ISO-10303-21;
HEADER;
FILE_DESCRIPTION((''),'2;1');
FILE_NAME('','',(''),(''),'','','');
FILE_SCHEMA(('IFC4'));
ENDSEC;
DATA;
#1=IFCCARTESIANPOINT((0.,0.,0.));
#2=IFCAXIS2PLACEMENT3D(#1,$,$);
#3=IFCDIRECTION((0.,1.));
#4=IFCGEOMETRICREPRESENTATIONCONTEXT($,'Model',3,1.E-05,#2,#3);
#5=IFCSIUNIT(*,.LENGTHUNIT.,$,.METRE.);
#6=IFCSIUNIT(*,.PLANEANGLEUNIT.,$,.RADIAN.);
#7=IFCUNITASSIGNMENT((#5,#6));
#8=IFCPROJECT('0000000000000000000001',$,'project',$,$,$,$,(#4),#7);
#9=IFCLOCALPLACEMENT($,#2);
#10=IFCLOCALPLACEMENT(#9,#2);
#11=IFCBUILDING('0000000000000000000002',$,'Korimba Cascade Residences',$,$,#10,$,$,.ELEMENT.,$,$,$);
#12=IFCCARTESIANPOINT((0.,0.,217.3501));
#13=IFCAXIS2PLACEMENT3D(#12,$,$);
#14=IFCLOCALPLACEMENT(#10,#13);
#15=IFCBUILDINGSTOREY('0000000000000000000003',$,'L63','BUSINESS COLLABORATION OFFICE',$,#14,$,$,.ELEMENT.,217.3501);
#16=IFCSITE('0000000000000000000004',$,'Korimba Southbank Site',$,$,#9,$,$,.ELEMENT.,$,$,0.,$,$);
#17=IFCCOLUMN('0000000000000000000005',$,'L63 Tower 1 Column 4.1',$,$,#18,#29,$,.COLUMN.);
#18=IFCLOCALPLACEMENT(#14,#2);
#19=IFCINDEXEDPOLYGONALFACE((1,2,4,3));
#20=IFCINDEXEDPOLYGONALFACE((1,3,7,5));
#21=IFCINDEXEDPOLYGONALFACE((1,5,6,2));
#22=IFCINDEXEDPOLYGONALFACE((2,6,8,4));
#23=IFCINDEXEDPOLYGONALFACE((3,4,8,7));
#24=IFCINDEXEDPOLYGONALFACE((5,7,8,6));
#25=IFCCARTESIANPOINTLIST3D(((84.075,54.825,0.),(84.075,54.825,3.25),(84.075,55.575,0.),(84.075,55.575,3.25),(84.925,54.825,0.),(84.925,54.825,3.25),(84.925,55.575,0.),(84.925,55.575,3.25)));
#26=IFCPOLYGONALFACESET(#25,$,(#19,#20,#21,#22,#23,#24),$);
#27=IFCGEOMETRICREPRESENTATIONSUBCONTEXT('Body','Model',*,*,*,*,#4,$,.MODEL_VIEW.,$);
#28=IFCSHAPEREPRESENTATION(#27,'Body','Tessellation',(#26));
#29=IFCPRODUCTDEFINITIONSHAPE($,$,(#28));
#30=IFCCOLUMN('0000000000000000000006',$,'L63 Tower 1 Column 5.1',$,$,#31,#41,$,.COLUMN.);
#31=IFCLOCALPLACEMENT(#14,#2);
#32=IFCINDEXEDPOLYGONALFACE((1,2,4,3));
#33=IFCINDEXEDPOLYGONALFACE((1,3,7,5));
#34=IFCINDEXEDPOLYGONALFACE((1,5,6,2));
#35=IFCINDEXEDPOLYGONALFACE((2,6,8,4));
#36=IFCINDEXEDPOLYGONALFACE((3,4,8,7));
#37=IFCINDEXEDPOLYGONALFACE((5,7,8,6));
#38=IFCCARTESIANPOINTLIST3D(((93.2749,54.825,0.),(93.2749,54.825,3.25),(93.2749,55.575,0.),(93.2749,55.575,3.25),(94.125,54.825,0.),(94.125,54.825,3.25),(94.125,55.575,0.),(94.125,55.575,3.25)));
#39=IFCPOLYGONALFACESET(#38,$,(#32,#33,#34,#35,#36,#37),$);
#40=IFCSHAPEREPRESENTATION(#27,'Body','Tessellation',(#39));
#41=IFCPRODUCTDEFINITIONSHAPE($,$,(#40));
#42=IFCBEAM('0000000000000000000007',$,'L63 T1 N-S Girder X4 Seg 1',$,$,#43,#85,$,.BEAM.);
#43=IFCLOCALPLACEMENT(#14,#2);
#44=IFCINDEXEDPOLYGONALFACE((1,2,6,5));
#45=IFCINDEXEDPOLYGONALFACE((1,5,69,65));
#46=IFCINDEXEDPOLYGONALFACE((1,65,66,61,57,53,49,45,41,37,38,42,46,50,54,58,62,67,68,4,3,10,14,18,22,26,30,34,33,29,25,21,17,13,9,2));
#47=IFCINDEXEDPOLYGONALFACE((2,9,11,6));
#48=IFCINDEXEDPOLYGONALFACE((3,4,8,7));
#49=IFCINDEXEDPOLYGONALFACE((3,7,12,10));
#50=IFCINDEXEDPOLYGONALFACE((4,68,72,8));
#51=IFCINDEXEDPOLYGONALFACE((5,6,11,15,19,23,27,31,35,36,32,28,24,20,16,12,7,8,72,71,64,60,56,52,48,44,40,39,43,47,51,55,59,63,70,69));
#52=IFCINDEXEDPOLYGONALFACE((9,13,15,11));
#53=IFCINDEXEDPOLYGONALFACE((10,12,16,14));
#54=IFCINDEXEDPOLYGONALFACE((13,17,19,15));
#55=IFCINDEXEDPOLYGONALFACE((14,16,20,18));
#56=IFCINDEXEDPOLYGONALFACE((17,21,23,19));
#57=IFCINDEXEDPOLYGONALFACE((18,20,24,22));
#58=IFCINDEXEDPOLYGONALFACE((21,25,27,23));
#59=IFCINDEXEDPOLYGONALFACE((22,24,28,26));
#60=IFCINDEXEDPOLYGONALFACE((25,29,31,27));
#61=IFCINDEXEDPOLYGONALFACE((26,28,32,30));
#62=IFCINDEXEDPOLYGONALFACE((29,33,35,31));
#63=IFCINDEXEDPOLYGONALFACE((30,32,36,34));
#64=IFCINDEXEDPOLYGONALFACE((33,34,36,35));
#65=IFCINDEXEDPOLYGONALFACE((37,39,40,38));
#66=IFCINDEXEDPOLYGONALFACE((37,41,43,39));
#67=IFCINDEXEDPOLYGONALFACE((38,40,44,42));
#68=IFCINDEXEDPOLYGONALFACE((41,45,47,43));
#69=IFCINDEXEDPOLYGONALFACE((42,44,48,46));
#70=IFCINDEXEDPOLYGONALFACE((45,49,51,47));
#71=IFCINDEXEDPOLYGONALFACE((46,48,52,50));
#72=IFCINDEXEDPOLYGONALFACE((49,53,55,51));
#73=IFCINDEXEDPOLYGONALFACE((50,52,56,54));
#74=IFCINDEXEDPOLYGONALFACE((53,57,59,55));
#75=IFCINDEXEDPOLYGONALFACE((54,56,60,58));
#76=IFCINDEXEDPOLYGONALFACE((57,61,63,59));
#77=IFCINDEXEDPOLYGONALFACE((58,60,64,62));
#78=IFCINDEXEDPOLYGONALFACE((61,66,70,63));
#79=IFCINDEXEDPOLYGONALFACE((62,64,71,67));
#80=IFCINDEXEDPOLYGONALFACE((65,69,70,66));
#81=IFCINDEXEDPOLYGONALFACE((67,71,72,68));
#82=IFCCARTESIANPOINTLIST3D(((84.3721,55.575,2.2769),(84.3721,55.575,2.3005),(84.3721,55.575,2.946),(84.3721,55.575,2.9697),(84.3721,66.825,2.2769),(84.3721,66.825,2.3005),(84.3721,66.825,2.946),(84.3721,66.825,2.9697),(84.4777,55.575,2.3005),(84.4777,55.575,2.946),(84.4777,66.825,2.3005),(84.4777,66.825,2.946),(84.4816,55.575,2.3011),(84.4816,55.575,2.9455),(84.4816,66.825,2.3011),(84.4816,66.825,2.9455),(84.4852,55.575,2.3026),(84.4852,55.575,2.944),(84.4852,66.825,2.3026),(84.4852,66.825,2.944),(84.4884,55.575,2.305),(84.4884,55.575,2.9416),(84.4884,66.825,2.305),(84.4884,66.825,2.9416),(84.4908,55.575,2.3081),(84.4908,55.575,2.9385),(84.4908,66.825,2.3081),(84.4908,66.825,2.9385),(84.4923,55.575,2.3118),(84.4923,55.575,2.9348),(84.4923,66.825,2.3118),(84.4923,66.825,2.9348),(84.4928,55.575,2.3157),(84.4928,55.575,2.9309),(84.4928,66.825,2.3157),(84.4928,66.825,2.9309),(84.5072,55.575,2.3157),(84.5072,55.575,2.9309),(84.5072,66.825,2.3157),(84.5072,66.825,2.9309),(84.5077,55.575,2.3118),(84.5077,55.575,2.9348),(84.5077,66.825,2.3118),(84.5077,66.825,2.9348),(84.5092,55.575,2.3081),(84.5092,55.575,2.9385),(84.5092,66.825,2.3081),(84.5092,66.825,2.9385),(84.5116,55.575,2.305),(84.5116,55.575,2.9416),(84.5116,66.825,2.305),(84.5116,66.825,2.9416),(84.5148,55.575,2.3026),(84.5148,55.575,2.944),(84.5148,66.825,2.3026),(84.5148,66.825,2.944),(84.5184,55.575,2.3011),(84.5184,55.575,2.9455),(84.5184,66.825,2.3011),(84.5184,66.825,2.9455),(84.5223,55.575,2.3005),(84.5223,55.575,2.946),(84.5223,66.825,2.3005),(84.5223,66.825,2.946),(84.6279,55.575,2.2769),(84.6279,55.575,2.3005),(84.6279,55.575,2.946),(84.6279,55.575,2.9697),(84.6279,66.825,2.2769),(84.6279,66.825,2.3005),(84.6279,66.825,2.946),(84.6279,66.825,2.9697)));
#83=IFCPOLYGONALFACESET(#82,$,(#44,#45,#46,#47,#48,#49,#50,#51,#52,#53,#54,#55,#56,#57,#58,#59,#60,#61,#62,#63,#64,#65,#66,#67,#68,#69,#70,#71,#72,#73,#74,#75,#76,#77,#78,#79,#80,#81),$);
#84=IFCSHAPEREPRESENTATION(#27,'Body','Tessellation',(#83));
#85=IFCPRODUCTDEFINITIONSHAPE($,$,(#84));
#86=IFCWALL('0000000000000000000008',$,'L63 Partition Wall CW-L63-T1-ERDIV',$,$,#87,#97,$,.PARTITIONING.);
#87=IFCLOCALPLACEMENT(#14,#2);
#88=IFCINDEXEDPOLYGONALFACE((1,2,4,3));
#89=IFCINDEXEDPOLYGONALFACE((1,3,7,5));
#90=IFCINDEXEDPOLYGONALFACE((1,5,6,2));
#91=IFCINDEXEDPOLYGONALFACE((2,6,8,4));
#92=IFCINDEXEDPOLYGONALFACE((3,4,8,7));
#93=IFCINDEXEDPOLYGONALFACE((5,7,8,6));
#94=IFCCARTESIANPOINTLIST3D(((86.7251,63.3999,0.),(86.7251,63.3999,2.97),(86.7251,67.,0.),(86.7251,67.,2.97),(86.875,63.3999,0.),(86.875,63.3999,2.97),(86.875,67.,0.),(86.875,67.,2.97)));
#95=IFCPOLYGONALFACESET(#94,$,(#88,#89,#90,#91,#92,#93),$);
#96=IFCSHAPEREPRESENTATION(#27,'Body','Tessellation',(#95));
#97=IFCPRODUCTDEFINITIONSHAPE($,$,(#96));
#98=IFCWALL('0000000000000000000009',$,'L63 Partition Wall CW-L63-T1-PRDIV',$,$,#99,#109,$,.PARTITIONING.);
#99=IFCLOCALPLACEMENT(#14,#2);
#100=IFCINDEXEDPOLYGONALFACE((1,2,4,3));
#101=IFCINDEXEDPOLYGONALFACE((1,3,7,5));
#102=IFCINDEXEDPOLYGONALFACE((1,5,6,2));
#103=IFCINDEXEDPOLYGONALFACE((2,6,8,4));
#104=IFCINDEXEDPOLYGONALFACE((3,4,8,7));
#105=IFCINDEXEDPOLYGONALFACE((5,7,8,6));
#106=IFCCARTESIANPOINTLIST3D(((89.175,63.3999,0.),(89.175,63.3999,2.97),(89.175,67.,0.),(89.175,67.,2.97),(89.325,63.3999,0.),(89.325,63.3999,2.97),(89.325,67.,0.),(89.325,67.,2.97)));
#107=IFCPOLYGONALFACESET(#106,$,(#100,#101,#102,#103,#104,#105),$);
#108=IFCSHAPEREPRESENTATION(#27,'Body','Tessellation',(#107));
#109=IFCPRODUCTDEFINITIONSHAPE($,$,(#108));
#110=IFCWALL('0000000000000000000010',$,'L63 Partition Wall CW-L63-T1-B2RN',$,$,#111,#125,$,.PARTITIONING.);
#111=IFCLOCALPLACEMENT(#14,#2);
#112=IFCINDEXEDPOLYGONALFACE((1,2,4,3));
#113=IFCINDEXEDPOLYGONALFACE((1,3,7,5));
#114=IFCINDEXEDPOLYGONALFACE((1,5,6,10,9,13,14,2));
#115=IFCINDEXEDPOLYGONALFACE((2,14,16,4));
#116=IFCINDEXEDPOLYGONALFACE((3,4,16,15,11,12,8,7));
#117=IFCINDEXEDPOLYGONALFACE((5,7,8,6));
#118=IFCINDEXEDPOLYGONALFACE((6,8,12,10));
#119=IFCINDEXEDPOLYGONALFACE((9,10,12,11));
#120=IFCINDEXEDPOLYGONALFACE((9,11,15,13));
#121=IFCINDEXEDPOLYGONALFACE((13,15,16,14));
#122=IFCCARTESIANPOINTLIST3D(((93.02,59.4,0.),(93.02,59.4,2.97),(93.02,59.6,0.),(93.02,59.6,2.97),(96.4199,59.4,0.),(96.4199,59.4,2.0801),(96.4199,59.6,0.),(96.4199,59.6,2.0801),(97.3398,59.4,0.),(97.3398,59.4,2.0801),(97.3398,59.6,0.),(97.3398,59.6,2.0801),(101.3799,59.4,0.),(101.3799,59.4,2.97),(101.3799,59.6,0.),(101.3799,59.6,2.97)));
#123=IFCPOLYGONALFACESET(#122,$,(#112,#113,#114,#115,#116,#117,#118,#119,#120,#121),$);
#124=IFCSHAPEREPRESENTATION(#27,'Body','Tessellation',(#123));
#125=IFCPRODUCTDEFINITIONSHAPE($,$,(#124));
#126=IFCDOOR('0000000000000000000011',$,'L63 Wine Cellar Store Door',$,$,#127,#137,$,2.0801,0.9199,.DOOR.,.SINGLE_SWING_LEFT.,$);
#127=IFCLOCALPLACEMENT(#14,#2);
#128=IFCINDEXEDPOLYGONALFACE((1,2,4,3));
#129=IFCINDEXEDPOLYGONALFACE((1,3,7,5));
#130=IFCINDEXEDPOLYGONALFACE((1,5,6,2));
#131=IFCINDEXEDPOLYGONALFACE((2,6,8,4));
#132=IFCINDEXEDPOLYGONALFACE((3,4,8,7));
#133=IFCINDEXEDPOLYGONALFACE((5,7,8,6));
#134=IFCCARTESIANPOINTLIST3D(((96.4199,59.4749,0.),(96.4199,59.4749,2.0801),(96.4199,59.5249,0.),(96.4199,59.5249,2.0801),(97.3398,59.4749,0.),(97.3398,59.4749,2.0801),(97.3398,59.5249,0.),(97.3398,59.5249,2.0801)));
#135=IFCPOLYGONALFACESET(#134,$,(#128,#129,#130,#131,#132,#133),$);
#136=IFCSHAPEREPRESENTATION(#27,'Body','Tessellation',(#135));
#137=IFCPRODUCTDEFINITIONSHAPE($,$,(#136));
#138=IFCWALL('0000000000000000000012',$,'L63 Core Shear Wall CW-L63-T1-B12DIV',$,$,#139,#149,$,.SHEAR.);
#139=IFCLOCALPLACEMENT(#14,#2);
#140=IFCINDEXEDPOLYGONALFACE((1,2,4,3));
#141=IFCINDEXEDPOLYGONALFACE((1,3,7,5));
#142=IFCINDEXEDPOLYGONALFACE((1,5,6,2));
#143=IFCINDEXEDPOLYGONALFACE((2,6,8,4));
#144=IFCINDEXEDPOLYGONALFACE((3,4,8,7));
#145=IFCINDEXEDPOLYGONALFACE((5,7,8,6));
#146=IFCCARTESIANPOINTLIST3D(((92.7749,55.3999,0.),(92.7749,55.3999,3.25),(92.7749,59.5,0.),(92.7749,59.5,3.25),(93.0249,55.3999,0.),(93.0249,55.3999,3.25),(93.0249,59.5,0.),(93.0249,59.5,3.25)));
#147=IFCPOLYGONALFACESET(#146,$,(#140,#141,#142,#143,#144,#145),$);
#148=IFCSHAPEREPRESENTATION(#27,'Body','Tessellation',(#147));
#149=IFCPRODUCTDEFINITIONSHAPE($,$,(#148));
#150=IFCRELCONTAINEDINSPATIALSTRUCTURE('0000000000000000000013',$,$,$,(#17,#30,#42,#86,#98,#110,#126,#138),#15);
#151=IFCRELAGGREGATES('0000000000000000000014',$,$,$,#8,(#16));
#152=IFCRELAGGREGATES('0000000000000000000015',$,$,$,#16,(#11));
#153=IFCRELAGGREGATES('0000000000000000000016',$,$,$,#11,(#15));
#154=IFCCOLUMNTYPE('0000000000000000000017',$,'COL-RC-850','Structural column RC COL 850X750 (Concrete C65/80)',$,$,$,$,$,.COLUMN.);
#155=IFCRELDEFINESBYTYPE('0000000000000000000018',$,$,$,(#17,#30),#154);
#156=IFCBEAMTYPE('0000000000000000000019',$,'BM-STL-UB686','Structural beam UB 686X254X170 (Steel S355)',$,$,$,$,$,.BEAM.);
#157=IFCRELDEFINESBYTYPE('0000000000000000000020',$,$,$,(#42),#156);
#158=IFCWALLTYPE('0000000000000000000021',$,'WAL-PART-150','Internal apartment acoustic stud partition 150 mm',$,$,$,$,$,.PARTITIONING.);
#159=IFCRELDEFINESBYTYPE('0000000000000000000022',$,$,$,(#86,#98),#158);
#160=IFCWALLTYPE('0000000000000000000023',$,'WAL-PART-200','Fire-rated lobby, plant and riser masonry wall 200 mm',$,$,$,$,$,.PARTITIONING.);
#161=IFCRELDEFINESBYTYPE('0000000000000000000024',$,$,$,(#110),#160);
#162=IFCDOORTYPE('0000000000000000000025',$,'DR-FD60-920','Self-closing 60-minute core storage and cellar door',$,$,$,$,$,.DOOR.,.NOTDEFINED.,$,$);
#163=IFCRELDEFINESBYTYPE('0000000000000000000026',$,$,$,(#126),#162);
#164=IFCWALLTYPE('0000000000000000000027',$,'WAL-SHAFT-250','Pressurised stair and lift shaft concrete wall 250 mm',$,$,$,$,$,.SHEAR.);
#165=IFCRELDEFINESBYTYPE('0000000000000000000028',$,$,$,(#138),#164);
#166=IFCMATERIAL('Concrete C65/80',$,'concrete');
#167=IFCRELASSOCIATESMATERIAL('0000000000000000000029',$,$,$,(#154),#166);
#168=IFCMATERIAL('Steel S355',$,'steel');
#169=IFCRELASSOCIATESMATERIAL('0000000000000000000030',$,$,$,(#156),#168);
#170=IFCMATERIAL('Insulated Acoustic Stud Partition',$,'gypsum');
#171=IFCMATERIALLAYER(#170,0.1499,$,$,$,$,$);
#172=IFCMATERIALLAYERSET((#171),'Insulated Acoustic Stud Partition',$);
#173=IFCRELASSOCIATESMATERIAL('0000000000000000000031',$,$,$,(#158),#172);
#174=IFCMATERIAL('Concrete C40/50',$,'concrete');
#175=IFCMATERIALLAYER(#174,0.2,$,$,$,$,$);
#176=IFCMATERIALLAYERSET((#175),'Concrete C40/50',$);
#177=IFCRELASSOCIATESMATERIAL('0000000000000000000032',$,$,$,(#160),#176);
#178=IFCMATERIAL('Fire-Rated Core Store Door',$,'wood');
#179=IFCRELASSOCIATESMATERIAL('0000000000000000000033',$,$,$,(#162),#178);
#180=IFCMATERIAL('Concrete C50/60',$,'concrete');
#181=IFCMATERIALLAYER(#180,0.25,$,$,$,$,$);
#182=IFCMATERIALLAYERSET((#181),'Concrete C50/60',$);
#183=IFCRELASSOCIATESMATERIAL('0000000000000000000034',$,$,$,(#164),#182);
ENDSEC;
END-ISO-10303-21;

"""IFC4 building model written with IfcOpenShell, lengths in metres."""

from ifc_helpers import new_model, si_unit, direction, frame, frame_2d, origin, origin_2d, place, context, subcontext, project, spatial, rectangle, i_section, extrude, material, layer, layer_set, material_profile, profile_set, type_object, element, fill, save


model = new_model("IFC4")

# Units and contexts
model_context = context("Model", 3, precision=1e-05, world=origin(), true_north=direction((0.0, 1.0)))
body_context = subcontext(model_context, "Body", "Model", "MODEL_VIEW")
ifc_project = project(units=[si_unit("LENGTHUNIT", "METRE"), si_unit("PLANEANGLEUNIT", "RADIAN")], contexts=[model_context])

# Site, building, storey
site_placement = place(None, origin())
site = spatial("IfcSite", under=ifc_project, at=site_placement, Name="Korimba Southbank Site", CompositionType="ELEMENT", RefElevation=0.0)
building_placement = place(site_placement, origin())
building = spatial("IfcBuilding", under=site, at=building_placement, Name="Korimba Cascade Residences", CompositionType="ELEMENT")
storey_placement = place(building_placement, frame((0.0, 0.0, 217.3501)))
storey = spatial("IfcBuildingStorey", under=building, at=storey_placement, Name="L63", Description="BUSINESS COLLABORATION OFFICE", CompositionType="ELEMENT", Elevation=217.3501)

# Columns
ifc_material_1 = material(Name="Concrete C65/80", Category="concrete")
ifc_material_profile_1 = material_profile(ifc_material_1, rectangle(XDim=0.8501, YDim=0.75, at=origin_2d()), Name="Concrete C65/80")
ifc_profile_set_1 = profile_set([ifc_material_profile_1], Name="Concrete C65/80")
column_type = type_object("IfcColumnType", Name="COL-RC-850", Description="Structural column RC COL 850X750 (Concrete C65/80)", PredefinedType="COLUMN", material=ifc_profile_set_1)
for number, where, z_axis, x_axis, name in (
    (1, (84.5, 55.2, 0.0), (0.0, 0.0, 1.0), (1.0, 0.0, 0.0), "L63 Tower 1 Column 4.1"),
    (2, (93.7, 55.2, 0.0), (0.0, 0.0, 1.0), (1.0, 0.0, 0.0), "L63 Tower 1 Column 5.1"),
):
    element("IfcColumn", number, at=place(storey_placement, frame(where, z_axis=z_axis, x_axis=x_axis)), inside=storey, type_object=column_type, Name=name, PredefinedType="COLUMN", context=body_context, shape_type="SweptSolid", body=[
        extrude(rectangle(XDim=0.8501, YDim=0.75, at=origin_2d()), origin(), (0.0, 0.0, 1.0), 3.25),
    ])

# Beam
ifc_material_2 = material(Name="Steel S355", Category="steel")
ifc_material_profile_2 = material_profile(ifc_material_2, i_section(OverallWidth=0.2559, OverallDepth=0.6929, WebThickness=0.0144, FlangeThickness=0.0237, FilletRadius=0.0151, at=origin_2d()), Name="Steel S355")
ifc_profile_set_2 = profile_set([ifc_material_profile_2], Name="Steel S355")
beam_type = type_object("IfcBeamType", Name="BM-STL-UB686", Description="Structural beam UB 686X254X170 (Steel S355)", PredefinedType="BEAM", material=ifc_profile_set_2)
beam_placement = place(storey_placement, frame((84.5, 55.575, 2.6233), z_axis=(0.0, 1.0, 0.0), x_axis=(-1.0, 0.0, 0.0)))
element("IfcBeam", 3, at=beam_placement, inside=storey, type_object=beam_type, Name="L63 T1 N-S Girder X4 Seg 1", PredefinedType="BEAM", context=body_context, shape_type="SweptSolid", body=[
    extrude(i_section(OverallWidth=0.2559, OverallDepth=0.6929, WebThickness=0.0144, FlangeThickness=0.0237, FilletRadius=0.0151, at=origin_2d()), origin(), (0.0, 0.0, 1.0), 11.25),
])

# Walls
ifc_material_3 = material(Name="Insulated Acoustic Stud Partition", Category="gypsum")
ifc_layer_1 = layer(ifc_material_3, 0.1499)
ifc_layer_set_1 = layer_set([ifc_layer_1], Name="Insulated Acoustic Stud Partition")
wall_type_1 = type_object("IfcWallType", Name="WAL-PART-150", Description="Internal apartment acoustic stud partition 150 mm", PredefinedType="PARTITIONING", material=ifc_layer_set_1)
for number, where, z_axis, x_axis, name in (
    (4, (86.8, 63.3999, 0.0), (0.0, 0.0, 1.0), (0.0, 1.0, 0.0), "L63 Partition Wall CW-L63-T1-ERDIV"),
    (5, (89.25, 63.3999, 0.0), (0.0, 0.0, 1.0), (0.0, 1.0, 0.0), "L63 Partition Wall CW-L63-T1-PRDIV"),
):
    element("IfcWall", number, at=place(storey_placement, frame(where, z_axis=z_axis, x_axis=x_axis)), inside=storey, type_object=wall_type_1, Name=name, PredefinedType="PARTITIONING", context=body_context, shape_type="SweptSolid", body=[
        extrude(rectangle(XDim=3.6001, YDim=0.1499, at=frame_2d((1.8, 0.0))), origin(), (0.0, 0.0, 1.0), 2.97),
    ])

# Wall, opening, door
ifc_material_4 = material(Name="Concrete C40/50", Category="concrete")
ifc_layer_2 = layer(ifc_material_4, 0.2)
ifc_layer_set_2 = layer_set([ifc_layer_2], Name="Concrete C40/50")
wall_type_2 = type_object("IfcWallType", Name="WAL-PART-200", Description="Fire-rated lobby, plant and riser masonry wall 200 mm", PredefinedType="PARTITIONING", material=ifc_layer_set_2)
wall_1_placement = place(storey_placement, frame((93.02, 59.5, 0.0), z_axis=(0.0, 0.0, 1.0), x_axis=(1.0, 0.0, 0.0)))
wall_1 = element("IfcWall", 6, at=wall_1_placement, inside=storey, type_object=wall_type_2, Name="L63 Partition Wall CW-L63-T1-B2RN", PredefinedType="PARTITIONING", context=body_context, shape_type="SweptSolid", body=[
    extrude(rectangle(XDim=8.3599, YDim=0.2, at=frame_2d((4.1799, 0.0))), origin(), (0.0, 0.0, 1.0), 2.97),
])
opening_placement = place(wall_1_placement, frame((3.3999, 0.0, 0.0)))
opening = element("IfcOpeningElement", 7, at=opening_placement, cuts=wall_1, PredefinedType="OPENING", context=body_context, shape_type="SweptSolid", body=[
    extrude(rectangle(XDim=0.9199, YDim=2.0801, at=frame_2d((0.46, 1.04))), frame((0.0, 0.1099, 0.0), z_axis=(0.0, -1.0, 0.0), x_axis=(1.0, 0.0, 0.0)), (0.0, 0.0, 1.0), 0.22),
])
ifc_material_5 = material(Name="Fire-Rated Core Store Door", Category="wood")
door_type = type_object("IfcDoorType", Name="DR-FD60-920", Description="Self-closing 60-minute core storage and cellar door", OperationType="NOTDEFINED", PredefinedType="DOOR", material=ifc_material_5)
door_placement = place(opening_placement, origin())
door = element("IfcDoor", 8, at=door_placement, inside=storey, type_object=door_type, Name="L63 Wine Cellar Store Door", OperationType="SINGLE_SWING_LEFT", OverallHeight=2.0801, OverallWidth=0.9199, PredefinedType="DOOR", context=body_context, shape_type="SweptSolid", body=[
    extrude(rectangle(XDim=0.9199, YDim=2.0801, at=frame_2d((0.46, 1.04))), frame((0.0, 0.0249, 0.0), z_axis=(0.0, -1.0, 0.0), x_axis=(1.0, 0.0, 0.0)), (0.0, 0.0, 1.0), 0.05),
])
fill(opening, door)

# Wall
ifc_material_6 = material(Name="Concrete C50/60", Category="concrete")
ifc_layer_3 = layer(ifc_material_6, 0.25)
ifc_layer_set_3 = layer_set([ifc_layer_3], Name="Concrete C50/60")
wall_type_3 = type_object("IfcWallType", Name="WAL-SHAFT-250", Description="Pressurised stair and lift shaft concrete wall 250 mm", PredefinedType="SHEAR", material=ifc_layer_set_3)
wall_2_placement = place(storey_placement, frame((92.8999, 55.3999, 0.0), z_axis=(0.0, 0.0, 1.0), x_axis=(0.0, 1.0, 0.0)))
element("IfcWall", 9, at=wall_2_placement, inside=storey, type_object=wall_type_3, Name="L63 Core Shear Wall CW-L63-T1-B12DIV", PredefinedType="SHEAR", context=body_context, shape_type="SweptSolid", body=[
    extrude(rectangle(XDim=4.1001, YDim=0.25, at=frame_2d((2.05, 0.0))), origin(), (0.0, 0.0, 1.0), 3.25),
])

save(model, "model.ifc")
